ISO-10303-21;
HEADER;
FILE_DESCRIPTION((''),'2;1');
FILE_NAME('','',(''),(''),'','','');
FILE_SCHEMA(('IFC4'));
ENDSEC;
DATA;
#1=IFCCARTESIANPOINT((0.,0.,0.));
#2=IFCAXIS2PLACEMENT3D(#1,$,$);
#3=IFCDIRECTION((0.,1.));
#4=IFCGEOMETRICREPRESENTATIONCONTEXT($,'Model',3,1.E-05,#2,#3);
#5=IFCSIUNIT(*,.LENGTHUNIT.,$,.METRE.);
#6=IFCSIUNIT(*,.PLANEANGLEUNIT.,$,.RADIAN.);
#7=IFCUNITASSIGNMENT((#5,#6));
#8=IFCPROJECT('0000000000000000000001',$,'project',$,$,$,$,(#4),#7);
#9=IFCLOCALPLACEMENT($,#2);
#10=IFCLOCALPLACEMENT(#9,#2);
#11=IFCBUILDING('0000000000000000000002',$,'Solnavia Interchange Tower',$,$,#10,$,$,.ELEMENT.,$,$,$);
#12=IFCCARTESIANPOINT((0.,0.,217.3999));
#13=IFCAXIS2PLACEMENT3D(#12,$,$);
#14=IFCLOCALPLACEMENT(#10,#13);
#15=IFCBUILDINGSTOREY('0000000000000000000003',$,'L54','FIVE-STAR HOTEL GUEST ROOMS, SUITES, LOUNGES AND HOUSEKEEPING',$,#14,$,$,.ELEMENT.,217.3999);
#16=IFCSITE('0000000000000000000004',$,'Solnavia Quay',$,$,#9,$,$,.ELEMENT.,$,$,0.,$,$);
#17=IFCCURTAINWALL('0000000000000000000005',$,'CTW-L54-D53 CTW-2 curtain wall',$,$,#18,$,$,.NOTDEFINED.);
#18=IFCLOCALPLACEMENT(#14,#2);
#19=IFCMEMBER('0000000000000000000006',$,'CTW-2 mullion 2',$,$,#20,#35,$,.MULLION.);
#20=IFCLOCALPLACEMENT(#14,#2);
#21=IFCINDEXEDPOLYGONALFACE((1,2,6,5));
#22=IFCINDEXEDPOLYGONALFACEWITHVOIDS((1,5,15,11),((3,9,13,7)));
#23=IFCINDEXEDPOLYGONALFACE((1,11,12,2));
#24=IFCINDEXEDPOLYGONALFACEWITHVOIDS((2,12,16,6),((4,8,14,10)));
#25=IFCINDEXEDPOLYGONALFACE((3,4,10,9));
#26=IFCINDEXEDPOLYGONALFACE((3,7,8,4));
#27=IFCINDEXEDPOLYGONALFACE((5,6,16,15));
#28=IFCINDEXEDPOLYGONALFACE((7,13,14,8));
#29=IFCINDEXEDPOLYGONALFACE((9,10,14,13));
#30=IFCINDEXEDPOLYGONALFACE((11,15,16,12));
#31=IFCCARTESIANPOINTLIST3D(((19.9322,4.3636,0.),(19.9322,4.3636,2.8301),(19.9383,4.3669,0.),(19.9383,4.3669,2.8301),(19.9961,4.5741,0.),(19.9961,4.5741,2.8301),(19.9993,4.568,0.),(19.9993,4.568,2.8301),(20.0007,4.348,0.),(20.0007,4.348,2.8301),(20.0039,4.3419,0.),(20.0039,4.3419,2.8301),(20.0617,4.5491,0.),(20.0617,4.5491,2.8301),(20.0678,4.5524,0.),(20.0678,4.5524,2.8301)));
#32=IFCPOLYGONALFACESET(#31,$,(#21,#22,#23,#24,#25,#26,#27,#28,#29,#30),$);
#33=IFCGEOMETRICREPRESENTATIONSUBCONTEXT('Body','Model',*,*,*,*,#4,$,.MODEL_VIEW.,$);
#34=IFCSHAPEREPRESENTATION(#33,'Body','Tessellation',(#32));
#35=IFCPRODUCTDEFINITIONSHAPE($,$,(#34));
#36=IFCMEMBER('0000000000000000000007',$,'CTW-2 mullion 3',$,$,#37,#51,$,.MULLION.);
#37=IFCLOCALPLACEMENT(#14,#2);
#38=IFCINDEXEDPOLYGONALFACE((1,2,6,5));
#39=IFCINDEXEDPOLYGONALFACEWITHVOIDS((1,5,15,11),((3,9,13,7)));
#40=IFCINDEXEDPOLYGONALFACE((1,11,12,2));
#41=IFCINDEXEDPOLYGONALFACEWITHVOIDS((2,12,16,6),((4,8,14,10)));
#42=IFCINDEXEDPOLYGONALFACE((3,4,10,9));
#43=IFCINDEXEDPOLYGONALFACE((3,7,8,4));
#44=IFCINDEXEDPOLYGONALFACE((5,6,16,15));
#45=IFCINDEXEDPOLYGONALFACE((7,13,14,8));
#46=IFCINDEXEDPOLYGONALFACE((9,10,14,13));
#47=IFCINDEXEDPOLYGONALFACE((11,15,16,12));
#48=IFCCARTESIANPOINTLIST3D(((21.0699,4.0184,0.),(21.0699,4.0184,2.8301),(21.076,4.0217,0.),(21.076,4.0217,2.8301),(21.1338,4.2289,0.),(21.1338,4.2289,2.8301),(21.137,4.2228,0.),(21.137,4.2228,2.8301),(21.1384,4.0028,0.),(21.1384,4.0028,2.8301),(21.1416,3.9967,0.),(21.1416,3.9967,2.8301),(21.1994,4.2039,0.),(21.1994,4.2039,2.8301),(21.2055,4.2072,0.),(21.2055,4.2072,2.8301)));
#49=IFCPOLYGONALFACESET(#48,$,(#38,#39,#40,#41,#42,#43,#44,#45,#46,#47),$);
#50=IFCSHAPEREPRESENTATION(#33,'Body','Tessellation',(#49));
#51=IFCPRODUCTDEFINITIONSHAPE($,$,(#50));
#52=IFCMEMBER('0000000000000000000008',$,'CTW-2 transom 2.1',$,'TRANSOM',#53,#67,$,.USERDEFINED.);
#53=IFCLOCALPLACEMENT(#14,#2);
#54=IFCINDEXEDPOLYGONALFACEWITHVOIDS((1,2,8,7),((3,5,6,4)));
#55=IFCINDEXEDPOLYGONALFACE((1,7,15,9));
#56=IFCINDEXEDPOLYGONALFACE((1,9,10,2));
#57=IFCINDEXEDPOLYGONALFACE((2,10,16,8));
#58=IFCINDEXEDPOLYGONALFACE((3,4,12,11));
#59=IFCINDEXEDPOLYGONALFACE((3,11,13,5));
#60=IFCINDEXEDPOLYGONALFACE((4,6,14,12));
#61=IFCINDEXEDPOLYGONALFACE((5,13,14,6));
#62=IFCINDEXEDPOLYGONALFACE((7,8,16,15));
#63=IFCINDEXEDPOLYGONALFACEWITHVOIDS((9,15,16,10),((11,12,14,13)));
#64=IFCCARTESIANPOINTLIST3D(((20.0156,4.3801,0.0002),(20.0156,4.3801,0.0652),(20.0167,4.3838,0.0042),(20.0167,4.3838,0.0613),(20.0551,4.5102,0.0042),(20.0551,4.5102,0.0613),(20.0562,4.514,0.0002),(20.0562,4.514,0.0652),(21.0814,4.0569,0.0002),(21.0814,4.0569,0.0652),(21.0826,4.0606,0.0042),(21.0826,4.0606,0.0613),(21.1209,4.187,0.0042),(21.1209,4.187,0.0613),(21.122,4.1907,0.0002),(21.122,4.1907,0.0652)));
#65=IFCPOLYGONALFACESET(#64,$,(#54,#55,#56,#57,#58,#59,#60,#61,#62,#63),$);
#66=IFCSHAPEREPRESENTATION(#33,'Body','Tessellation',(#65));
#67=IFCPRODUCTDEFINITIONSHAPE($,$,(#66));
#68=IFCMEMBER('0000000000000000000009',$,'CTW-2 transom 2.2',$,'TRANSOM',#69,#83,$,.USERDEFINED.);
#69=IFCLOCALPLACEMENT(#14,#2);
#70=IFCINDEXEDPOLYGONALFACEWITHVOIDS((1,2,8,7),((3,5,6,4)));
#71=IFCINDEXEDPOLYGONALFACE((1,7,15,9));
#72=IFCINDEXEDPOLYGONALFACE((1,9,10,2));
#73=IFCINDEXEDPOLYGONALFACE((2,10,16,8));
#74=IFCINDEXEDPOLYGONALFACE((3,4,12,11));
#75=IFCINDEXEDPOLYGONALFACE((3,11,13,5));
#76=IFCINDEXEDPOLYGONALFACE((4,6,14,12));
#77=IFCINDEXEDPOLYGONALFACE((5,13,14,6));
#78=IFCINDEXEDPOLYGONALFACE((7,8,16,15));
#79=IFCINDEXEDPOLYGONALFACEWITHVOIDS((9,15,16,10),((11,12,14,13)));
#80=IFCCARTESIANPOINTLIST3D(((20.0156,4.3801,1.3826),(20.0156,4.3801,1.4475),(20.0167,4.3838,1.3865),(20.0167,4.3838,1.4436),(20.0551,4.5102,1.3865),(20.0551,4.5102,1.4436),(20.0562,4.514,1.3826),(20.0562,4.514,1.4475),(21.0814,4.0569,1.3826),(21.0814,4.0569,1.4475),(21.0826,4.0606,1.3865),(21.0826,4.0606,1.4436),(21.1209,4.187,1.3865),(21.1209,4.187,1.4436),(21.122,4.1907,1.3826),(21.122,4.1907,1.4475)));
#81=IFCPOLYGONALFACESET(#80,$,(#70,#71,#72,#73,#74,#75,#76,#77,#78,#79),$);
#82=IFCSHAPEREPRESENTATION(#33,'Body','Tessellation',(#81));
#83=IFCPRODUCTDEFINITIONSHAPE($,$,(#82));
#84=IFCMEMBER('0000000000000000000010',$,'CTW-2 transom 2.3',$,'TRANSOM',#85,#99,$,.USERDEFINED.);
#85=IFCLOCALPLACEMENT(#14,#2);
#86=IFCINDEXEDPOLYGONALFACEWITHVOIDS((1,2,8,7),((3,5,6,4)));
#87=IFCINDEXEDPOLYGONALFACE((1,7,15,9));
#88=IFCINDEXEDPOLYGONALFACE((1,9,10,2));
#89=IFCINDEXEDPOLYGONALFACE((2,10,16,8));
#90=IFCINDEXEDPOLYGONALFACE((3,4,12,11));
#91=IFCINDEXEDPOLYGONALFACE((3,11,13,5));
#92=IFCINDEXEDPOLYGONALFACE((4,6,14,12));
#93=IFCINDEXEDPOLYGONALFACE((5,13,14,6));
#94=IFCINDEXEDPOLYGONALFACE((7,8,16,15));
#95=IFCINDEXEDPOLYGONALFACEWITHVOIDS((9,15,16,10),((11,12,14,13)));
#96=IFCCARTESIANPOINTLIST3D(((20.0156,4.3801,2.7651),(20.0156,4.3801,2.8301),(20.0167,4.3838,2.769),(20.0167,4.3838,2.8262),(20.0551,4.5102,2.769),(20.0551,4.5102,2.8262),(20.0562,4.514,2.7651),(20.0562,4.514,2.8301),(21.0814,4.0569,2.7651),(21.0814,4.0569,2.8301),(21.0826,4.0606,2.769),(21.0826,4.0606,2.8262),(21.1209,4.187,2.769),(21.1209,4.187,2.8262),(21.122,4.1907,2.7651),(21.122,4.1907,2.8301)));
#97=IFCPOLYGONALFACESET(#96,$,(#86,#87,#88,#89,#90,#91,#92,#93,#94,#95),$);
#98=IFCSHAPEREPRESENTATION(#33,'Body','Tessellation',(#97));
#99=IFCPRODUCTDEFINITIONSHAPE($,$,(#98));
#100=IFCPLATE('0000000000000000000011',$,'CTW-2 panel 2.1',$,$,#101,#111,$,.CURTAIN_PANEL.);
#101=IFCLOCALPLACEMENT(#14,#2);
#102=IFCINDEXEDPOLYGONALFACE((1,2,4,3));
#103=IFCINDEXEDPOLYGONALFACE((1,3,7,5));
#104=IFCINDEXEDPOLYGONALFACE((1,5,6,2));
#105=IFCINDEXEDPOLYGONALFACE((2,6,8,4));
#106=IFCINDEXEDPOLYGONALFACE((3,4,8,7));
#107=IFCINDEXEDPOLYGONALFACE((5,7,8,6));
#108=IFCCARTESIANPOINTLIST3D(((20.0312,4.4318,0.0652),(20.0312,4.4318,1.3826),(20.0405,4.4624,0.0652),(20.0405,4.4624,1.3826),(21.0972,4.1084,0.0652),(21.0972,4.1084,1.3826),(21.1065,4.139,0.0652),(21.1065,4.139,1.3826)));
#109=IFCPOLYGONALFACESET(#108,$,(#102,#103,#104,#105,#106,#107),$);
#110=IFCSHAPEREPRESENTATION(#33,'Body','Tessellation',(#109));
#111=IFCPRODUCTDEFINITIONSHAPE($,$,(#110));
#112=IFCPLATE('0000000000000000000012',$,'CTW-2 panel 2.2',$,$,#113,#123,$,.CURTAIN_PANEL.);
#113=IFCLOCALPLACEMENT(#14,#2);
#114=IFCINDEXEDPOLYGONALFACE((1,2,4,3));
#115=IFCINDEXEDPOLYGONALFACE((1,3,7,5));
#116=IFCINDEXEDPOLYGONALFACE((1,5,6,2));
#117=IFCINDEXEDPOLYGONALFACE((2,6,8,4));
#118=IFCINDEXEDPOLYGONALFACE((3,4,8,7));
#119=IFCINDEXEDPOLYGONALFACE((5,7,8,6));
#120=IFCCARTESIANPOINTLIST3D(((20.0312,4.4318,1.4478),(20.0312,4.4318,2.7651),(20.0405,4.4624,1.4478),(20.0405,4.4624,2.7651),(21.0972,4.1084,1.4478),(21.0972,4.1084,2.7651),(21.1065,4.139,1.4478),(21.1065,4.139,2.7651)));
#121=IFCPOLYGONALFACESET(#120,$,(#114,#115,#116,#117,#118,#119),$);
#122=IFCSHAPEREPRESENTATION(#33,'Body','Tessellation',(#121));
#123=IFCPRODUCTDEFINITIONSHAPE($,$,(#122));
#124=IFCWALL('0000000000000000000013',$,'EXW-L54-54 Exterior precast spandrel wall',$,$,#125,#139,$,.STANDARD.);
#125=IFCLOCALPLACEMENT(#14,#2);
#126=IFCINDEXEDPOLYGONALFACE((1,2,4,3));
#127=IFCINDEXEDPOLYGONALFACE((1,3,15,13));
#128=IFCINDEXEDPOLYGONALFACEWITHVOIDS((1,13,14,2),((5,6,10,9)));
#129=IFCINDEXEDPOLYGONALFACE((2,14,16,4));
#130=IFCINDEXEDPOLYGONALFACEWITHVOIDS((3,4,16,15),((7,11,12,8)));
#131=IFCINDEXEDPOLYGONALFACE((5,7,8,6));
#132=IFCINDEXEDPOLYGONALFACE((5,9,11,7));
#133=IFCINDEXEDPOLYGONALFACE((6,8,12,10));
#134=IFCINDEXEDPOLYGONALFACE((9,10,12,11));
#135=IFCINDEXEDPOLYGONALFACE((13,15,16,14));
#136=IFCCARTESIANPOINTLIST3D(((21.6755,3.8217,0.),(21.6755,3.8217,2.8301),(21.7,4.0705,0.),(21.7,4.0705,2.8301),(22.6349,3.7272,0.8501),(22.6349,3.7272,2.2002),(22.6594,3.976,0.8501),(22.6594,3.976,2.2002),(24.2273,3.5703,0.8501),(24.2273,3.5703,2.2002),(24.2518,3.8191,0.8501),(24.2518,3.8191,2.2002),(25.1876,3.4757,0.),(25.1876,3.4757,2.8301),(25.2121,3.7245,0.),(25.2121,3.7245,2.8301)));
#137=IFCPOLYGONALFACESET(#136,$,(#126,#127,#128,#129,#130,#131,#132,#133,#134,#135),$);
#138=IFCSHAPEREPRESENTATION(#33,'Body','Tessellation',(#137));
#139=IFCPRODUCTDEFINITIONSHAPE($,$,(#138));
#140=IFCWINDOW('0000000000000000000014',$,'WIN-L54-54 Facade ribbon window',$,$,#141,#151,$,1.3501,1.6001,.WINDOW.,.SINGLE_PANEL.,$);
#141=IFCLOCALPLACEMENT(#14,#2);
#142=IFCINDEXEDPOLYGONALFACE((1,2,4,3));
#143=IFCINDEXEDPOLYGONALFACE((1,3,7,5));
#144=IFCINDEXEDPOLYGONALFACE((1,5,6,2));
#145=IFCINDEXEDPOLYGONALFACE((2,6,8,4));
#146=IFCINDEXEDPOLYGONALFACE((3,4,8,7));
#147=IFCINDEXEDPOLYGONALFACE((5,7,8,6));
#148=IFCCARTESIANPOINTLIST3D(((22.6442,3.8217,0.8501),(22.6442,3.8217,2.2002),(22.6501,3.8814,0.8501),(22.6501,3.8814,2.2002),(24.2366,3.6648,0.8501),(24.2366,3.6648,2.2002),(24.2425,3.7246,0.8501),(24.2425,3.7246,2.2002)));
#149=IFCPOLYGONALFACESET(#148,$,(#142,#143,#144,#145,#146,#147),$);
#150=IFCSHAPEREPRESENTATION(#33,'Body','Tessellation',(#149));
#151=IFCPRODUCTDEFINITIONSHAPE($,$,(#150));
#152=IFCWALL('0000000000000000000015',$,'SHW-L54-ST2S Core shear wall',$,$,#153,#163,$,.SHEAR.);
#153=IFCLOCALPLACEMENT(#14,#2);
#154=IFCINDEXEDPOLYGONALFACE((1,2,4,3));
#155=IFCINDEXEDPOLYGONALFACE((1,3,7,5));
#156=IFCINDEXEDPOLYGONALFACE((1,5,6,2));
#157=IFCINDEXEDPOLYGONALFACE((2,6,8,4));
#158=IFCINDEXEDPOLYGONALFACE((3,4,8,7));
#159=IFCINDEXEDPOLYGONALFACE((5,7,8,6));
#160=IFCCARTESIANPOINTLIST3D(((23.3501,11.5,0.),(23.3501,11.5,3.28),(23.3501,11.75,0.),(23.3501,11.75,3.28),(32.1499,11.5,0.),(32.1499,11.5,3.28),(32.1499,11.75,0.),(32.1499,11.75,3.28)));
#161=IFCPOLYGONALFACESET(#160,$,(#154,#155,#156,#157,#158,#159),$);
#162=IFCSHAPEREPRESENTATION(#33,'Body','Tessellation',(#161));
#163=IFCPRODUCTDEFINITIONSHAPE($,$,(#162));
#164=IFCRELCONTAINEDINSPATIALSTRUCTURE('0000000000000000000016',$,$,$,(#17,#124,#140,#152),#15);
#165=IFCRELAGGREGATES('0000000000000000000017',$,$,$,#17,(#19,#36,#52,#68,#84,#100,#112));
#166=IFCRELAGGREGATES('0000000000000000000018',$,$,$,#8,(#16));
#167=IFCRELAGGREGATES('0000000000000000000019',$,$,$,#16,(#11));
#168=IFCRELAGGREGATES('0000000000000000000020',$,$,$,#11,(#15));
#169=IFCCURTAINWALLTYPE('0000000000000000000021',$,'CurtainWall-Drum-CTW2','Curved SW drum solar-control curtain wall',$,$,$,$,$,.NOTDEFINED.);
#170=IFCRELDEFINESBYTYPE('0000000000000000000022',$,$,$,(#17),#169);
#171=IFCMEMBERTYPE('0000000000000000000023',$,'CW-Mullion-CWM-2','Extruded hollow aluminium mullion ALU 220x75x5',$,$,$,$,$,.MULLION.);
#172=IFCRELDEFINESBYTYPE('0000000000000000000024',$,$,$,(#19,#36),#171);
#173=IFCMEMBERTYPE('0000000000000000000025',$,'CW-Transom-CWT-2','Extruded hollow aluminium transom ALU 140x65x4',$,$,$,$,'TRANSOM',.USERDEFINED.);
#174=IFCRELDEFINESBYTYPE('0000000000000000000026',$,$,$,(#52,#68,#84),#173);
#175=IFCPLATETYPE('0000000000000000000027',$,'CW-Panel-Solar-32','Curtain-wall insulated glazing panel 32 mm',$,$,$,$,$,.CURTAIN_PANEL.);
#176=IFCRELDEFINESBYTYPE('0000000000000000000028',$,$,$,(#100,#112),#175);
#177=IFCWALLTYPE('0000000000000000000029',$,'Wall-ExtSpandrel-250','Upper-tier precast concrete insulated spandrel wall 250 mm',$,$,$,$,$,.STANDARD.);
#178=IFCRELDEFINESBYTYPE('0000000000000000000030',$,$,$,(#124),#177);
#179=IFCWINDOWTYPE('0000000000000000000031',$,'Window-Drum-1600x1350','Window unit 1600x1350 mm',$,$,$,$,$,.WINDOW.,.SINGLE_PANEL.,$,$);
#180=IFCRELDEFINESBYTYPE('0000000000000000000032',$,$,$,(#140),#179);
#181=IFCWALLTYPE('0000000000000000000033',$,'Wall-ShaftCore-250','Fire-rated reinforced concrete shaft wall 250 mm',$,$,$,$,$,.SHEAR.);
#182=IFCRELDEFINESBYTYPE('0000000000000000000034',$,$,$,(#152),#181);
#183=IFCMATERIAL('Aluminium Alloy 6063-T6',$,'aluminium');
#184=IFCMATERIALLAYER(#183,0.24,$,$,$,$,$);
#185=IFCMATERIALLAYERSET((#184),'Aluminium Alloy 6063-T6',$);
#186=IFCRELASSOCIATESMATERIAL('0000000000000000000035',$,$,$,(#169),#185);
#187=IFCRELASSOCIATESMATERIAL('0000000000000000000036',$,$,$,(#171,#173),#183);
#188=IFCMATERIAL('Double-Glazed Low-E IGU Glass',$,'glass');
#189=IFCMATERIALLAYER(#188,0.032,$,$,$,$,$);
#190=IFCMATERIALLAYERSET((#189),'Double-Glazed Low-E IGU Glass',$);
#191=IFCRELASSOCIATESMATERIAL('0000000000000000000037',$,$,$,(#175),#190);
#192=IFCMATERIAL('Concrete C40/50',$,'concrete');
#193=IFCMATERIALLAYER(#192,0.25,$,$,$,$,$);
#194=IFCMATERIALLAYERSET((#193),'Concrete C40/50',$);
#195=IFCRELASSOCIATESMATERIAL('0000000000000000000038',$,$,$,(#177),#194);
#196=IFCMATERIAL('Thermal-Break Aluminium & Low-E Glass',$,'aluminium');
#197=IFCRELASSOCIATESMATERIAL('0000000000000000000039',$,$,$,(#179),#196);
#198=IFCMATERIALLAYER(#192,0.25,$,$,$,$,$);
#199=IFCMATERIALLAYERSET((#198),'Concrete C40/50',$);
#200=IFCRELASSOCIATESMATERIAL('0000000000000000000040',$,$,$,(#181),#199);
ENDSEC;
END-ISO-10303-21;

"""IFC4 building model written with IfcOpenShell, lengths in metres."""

from ifc_helpers import new_model, si_unit, direction, frame, frame_2d, origin, origin_2d, place, context, subcontext, project, spatial, rectangle, hollow_rectangle, extrude, material, layer, layer_set, material_profile, profile_set, type_object, element, fill, aggregate, save


model = new_model("IFC4")

# Units and contexts
model_context = context("Model", 3, precision=1e-05, world=origin(), true_north=direction((0.0, 1.0)))
body_context = subcontext(model_context, "Body", "Model", "MODEL_VIEW")
ifc_project = project(units=[si_unit("LENGTHUNIT", "METRE"), si_unit("PLANEANGLEUNIT", "RADIAN")], contexts=[model_context])

# Site, building, storey
site_placement = place(None, origin())
site = spatial("IfcSite", under=ifc_project, at=site_placement, Name="Solnavia Quay", CompositionType="ELEMENT", RefElevation=0.0)
building_placement = place(site_placement, origin())
building = spatial("IfcBuilding", under=site, at=building_placement, Name="Solnavia Interchange Tower", CompositionType="ELEMENT")
storey_placement = place(building_placement, frame((0.0, 0.0, 217.3999)))
storey = spatial("IfcBuildingStorey", under=building, at=storey_placement, Name="L54", Description="FIVE-STAR HOTEL GUEST ROOMS, SUITES, LOUNGES AND HOUSEKEEPING", CompositionType="ELEMENT", Elevation=217.3999)

# Curtain wall, members, plates
ifc_material_1 = material(Name="Aluminium Alloy 6063-T6", Category="aluminium")
ifc_layer_1 = layer(ifc_material_1, 0.24)
ifc_layer_set_1 = layer_set([ifc_layer_1], Name="Aluminium Alloy 6063-T6")
curtain_wall_type = type_object("IfcCurtainWallType", Name="CurtainWall-Drum-CTW2", Description="Curved SW drum solar-control curtain wall", PredefinedType="NOTDEFINED", material=ifc_layer_set_1)
curtain_wall_placement = place(storey_placement, origin())
curtain_wall = element("IfcCurtainWall", 1, at=curtain_wall_placement, inside=storey, type_object=curtain_wall_type, Name="CTW-L54-D53 CTW-2 curtain wall", PredefinedType="NOTDEFINED")
ifc_material_profile_1 = material_profile(ifc_material_1, hollow_rectangle(XDim=0.075, YDim=0.22, WallThickness=0.0049, at=origin_2d()), Name="ALU 220x75x5")
ifc_profile_set_1 = profile_set([ifc_material_profile_1], Name="Aluminium Alloy 6063-T6")
member_type_1 = type_object("IfcMemberType", Name="CW-Mullion-CWM-2", Description="Extruded hollow aluminium mullion ALU 220x75x5", PredefinedType="MULLION", material=ifc_profile_set_1)
member_1_placement = place(storey_placement, frame((20.0, 4.458, 0.0), z_axis=(0.0, 0.0, 1.0), x_axis=(0.956942, -0.290279, 0.0)))
member_1 = element("IfcMember", 2, at=member_1_placement, type_object=member_type_1, Name="CTW-2 mullion 2", PredefinedType="MULLION", context=body_context, shape_type="SweptSolid", body=[
    extrude(hollow_rectangle(XDim=0.075, YDim=0.22, WallThickness=0.0049, at=origin_2d()), origin(), (0.0, 0.0, 1.0), 2.8301),
])
member_2_placement = place(storey_placement, frame((21.1377, 4.1128, 0.0), z_axis=(0.0, 0.0, 1.0), x_axis=(0.956942, -0.290279, 0.0)))
member_2 = element("IfcMember", 3, at=member_2_placement, type_object=member_type_1, Name="CTW-2 mullion 3", PredefinedType="MULLION", context=body_context, shape_type="SweptSolid", body=[
    extrude(hollow_rectangle(XDim=0.075, YDim=0.22, WallThickness=0.0049, at=origin_2d()), origin(), (0.0, 0.0, 1.0), 2.8301),
])
ifc_material_profile_2 = material_profile(ifc_material_1, hollow_rectangle(XDim=0.0649, YDim=0.1399, WallThickness=0.0039, at=origin_2d()), Name="ALU 140x65x4")
ifc_profile_set_2 = profile_set([ifc_material_profile_2], Name="Aluminium Alloy 6063-T6")
member_type_2 = type_object("IfcMemberType", Name="CW-Transom-CWT-2", Description="Extruded hollow aluminium transom ALU 140x65x4", ElementType="TRANSOM", PredefinedType="USERDEFINED", material=ifc_profile_set_2)
member_3_placement = place(storey_placement, frame((20.0359, 4.447, 0.0327), z_axis=(0.956965, -0.290202, 0.0), x_axis=(0.0, 0.0, 1.0)))
member_3 = element("IfcMember", 4, at=member_3_placement, type_object=member_type_2, Name="CTW-2 transom 2.1", ObjectType="TRANSOM", PredefinedType="USERDEFINED", context=body_context, shape_type="SweptSolid", body=[
    extrude(hollow_rectangle(XDim=0.0649, YDim=0.1399, WallThickness=0.0039, at=origin_2d()), origin(), (0.0, 0.0, 1.0), 1.1138),
])
member_4_placement = place(storey_placement, frame((20.0359, 4.447, 1.415), z_axis=(0.956965, -0.290202, 0.0), x_axis=(0.0, 0.0, 1.0)))
member_4 = element("IfcMember", 5, at=member_4_placement, type_object=member_type_2, Name="CTW-2 transom 2.2", ObjectType="TRANSOM", PredefinedType="USERDEFINED", context=body_context, shape_type="SweptSolid", body=[
    extrude(hollow_rectangle(XDim=0.0649, YDim=0.1399, WallThickness=0.0039, at=origin_2d()), origin(), (0.0, 0.0, 1.0), 1.1138),
])
member_5_placement = place(storey_placement, frame((20.0359, 4.447, 2.7976), z_axis=(0.956965, -0.290202, 0.0), x_axis=(0.0, 0.0, 1.0)))
member_5 = element("IfcMember", 6, at=member_5_placement, type_object=member_type_2, Name="CTW-2 transom 2.3", ObjectType="TRANSOM", PredefinedType="USERDEFINED", context=body_context, shape_type="SweptSolid", body=[
    extrude(hollow_rectangle(XDim=0.0649, YDim=0.1399, WallThickness=0.0039, at=origin_2d()), origin(), (0.0, 0.0, 1.0), 1.1138),
])
ifc_material_2 = material(Name="Double-Glazed Low-E IGU Glass", Category="glass")
ifc_layer_2 = layer(ifc_material_2, 0.032)
ifc_layer_set_2 = layer_set([ifc_layer_2], Name="Double-Glazed Low-E IGU Glass")
plate_type = type_object("IfcPlateType", Name="CW-Panel-Solar-32", Description="Curtain-wall insulated glazing panel 32 mm", PredefinedType="CURTAIN_PANEL", material=ifc_layer_set_2)
plate_1_placement = place(storey_placement, frame((20.5688, 4.2854, 0.0652), z_axis=(0.0, 0.0, 1.0), x_axis=(0.956942, -0.290279, 0.0)))
plate_1 = element("IfcPlate", 7, at=plate_1_placement, type_object=plate_type, Name="CTW-2 panel 2.1", PredefinedType="CURTAIN_PANEL", context=body_context, shape_type="SweptSolid", body=[
    extrude(rectangle(XDim=1.114, YDim=0.032, at=origin_2d()), origin(), (0.0, 0.0, 1.0), 1.3174),
])
plate_2_placement = place(storey_placement, frame((20.5688, 4.2854, 1.4478), z_axis=(0.0, 0.0, 1.0), x_axis=(0.956942, -0.290279, 0.0)))
plate_2 = element("IfcPlate", 8, at=plate_2_placement, type_object=plate_type, Name="CTW-2 panel 2.2", PredefinedType="CURTAIN_PANEL", context=body_context, shape_type="SweptSolid", body=[
    extrude(rectangle(XDim=1.114, YDim=0.032, at=origin_2d()), origin(), (0.0, 0.0, 1.0), 1.3174),
])
aggregate(curtain_wall, [member_1, member_2, member_3, member_4, member_5, plate_1, plate_2])

# Wall, opening, window
ifc_material_3 = material(Name="Concrete C40/50", Category="concrete")
ifc_layer_3 = layer(ifc_material_3, 0.25)
ifc_layer_set_3 = layer_set([ifc_layer_3], Name="Concrete C40/50")
wall_type_1 = type_object("IfcWallType", Name="Wall-ExtSpandrel-250", Description="Upper-tier precast concrete insulated spandrel wall 250 mm", PredefinedType="STANDARD", material=ifc_layer_set_3)
wall_1_placement = place(storey_placement, frame((25.2, 3.6001, 0.0), z_axis=(0.0, 0.0, 1.0), x_axis=(-0.995183, 0.098031, 0.0)))
wall_1 = element("IfcWall", 9, at=wall_1_placement, inside=storey, type_object=wall_type_1, Name="EXW-L54-54 Exterior precast spandrel wall", PredefinedType="STANDARD", context=body_context, shape_type="SweptSolid", body=[
    extrude(rectangle(XDim=3.5291, YDim=0.25, at=frame_2d((1.7646, 0.0))), origin(), (0.0, 0.0, 1.0), 2.8301),
])
opening_1_placement = place(wall_1_placement, frame((0.9651, 0.0, 0.8501)))
opening_1 = element("IfcOpeningElement", 10, at=opening_1_placement, cuts=wall_1, PredefinedType="OPENING", context=body_context, shape_type="SweptSolid", body=[
    extrude(rectangle(XDim=1.6001, YDim=1.3501, at=frame_2d((0.8, 0.675))), frame((0.0, 0.135, 0.0), z_axis=(0.0, -1.0, 0.0), x_axis=(1.0, 0.0, 0.0)), (0.0, 0.0, 1.0), 0.27),
])
ifc_material_4 = material(Name="Thermal-Break Aluminium & Low-E Glass", Category="aluminium")
window_type = type_object("IfcWindowType", Name="Window-Drum-1600x1350", Description="Window unit 1600x1350 mm", PartitioningType="SINGLE_PANEL", PredefinedType="WINDOW", material=ifc_material_4)
window_placement = place(opening_1_placement, origin())
window = element("IfcWindow", 11, at=window_placement, inside=storey, type_object=window_type, Name="WIN-L54-54 Facade ribbon window", OverallHeight=1.3501, OverallWidth=1.6001, PartitioningType="SINGLE_PANEL", PredefinedType="WINDOW", context=body_context, shape_type="SweptSolid", body=[
    extrude(rectangle(XDim=1.6001, YDim=1.3501, at=frame_2d((0.8, 0.675))), frame((0.0, 0.03, 0.0), z_axis=(0.0, -1.0, 0.0), x_axis=(1.0, 0.0, 0.0)), (0.0, 0.0, 1.0), 0.0601),
])
fill(opening_1, window)

# Wall
ifc_layer_4 = layer(ifc_material_3, 0.25)
ifc_layer_set_4 = layer_set([ifc_layer_4], Name="Concrete C40/50")
wall_type_2 = type_object("IfcWallType", Name="Wall-ShaftCore-250", Description="Fire-rated reinforced concrete shaft wall 250 mm", PredefinedType="SHEAR", material=ifc_layer_set_4)
wall_2_placement = place(storey_placement, frame((23.3501, 11.625, 0.0), z_axis=(0.0, 0.0, 1.0), x_axis=(1.0, 0.0, 0.0)))
element("IfcWall", 12, at=wall_2_placement, inside=storey, type_object=wall_type_2, Name="SHW-L54-ST2S Core shear wall", PredefinedType="SHEAR", context=body_context, shape_type="SweptSolid", body=[
    extrude(rectangle(XDim=8.7998, YDim=0.25, at=frame_2d((4.3999, 0.0))), origin(), (0.0, 0.0, 1.0), 3.28),
])

save(model, "model.ifc")
